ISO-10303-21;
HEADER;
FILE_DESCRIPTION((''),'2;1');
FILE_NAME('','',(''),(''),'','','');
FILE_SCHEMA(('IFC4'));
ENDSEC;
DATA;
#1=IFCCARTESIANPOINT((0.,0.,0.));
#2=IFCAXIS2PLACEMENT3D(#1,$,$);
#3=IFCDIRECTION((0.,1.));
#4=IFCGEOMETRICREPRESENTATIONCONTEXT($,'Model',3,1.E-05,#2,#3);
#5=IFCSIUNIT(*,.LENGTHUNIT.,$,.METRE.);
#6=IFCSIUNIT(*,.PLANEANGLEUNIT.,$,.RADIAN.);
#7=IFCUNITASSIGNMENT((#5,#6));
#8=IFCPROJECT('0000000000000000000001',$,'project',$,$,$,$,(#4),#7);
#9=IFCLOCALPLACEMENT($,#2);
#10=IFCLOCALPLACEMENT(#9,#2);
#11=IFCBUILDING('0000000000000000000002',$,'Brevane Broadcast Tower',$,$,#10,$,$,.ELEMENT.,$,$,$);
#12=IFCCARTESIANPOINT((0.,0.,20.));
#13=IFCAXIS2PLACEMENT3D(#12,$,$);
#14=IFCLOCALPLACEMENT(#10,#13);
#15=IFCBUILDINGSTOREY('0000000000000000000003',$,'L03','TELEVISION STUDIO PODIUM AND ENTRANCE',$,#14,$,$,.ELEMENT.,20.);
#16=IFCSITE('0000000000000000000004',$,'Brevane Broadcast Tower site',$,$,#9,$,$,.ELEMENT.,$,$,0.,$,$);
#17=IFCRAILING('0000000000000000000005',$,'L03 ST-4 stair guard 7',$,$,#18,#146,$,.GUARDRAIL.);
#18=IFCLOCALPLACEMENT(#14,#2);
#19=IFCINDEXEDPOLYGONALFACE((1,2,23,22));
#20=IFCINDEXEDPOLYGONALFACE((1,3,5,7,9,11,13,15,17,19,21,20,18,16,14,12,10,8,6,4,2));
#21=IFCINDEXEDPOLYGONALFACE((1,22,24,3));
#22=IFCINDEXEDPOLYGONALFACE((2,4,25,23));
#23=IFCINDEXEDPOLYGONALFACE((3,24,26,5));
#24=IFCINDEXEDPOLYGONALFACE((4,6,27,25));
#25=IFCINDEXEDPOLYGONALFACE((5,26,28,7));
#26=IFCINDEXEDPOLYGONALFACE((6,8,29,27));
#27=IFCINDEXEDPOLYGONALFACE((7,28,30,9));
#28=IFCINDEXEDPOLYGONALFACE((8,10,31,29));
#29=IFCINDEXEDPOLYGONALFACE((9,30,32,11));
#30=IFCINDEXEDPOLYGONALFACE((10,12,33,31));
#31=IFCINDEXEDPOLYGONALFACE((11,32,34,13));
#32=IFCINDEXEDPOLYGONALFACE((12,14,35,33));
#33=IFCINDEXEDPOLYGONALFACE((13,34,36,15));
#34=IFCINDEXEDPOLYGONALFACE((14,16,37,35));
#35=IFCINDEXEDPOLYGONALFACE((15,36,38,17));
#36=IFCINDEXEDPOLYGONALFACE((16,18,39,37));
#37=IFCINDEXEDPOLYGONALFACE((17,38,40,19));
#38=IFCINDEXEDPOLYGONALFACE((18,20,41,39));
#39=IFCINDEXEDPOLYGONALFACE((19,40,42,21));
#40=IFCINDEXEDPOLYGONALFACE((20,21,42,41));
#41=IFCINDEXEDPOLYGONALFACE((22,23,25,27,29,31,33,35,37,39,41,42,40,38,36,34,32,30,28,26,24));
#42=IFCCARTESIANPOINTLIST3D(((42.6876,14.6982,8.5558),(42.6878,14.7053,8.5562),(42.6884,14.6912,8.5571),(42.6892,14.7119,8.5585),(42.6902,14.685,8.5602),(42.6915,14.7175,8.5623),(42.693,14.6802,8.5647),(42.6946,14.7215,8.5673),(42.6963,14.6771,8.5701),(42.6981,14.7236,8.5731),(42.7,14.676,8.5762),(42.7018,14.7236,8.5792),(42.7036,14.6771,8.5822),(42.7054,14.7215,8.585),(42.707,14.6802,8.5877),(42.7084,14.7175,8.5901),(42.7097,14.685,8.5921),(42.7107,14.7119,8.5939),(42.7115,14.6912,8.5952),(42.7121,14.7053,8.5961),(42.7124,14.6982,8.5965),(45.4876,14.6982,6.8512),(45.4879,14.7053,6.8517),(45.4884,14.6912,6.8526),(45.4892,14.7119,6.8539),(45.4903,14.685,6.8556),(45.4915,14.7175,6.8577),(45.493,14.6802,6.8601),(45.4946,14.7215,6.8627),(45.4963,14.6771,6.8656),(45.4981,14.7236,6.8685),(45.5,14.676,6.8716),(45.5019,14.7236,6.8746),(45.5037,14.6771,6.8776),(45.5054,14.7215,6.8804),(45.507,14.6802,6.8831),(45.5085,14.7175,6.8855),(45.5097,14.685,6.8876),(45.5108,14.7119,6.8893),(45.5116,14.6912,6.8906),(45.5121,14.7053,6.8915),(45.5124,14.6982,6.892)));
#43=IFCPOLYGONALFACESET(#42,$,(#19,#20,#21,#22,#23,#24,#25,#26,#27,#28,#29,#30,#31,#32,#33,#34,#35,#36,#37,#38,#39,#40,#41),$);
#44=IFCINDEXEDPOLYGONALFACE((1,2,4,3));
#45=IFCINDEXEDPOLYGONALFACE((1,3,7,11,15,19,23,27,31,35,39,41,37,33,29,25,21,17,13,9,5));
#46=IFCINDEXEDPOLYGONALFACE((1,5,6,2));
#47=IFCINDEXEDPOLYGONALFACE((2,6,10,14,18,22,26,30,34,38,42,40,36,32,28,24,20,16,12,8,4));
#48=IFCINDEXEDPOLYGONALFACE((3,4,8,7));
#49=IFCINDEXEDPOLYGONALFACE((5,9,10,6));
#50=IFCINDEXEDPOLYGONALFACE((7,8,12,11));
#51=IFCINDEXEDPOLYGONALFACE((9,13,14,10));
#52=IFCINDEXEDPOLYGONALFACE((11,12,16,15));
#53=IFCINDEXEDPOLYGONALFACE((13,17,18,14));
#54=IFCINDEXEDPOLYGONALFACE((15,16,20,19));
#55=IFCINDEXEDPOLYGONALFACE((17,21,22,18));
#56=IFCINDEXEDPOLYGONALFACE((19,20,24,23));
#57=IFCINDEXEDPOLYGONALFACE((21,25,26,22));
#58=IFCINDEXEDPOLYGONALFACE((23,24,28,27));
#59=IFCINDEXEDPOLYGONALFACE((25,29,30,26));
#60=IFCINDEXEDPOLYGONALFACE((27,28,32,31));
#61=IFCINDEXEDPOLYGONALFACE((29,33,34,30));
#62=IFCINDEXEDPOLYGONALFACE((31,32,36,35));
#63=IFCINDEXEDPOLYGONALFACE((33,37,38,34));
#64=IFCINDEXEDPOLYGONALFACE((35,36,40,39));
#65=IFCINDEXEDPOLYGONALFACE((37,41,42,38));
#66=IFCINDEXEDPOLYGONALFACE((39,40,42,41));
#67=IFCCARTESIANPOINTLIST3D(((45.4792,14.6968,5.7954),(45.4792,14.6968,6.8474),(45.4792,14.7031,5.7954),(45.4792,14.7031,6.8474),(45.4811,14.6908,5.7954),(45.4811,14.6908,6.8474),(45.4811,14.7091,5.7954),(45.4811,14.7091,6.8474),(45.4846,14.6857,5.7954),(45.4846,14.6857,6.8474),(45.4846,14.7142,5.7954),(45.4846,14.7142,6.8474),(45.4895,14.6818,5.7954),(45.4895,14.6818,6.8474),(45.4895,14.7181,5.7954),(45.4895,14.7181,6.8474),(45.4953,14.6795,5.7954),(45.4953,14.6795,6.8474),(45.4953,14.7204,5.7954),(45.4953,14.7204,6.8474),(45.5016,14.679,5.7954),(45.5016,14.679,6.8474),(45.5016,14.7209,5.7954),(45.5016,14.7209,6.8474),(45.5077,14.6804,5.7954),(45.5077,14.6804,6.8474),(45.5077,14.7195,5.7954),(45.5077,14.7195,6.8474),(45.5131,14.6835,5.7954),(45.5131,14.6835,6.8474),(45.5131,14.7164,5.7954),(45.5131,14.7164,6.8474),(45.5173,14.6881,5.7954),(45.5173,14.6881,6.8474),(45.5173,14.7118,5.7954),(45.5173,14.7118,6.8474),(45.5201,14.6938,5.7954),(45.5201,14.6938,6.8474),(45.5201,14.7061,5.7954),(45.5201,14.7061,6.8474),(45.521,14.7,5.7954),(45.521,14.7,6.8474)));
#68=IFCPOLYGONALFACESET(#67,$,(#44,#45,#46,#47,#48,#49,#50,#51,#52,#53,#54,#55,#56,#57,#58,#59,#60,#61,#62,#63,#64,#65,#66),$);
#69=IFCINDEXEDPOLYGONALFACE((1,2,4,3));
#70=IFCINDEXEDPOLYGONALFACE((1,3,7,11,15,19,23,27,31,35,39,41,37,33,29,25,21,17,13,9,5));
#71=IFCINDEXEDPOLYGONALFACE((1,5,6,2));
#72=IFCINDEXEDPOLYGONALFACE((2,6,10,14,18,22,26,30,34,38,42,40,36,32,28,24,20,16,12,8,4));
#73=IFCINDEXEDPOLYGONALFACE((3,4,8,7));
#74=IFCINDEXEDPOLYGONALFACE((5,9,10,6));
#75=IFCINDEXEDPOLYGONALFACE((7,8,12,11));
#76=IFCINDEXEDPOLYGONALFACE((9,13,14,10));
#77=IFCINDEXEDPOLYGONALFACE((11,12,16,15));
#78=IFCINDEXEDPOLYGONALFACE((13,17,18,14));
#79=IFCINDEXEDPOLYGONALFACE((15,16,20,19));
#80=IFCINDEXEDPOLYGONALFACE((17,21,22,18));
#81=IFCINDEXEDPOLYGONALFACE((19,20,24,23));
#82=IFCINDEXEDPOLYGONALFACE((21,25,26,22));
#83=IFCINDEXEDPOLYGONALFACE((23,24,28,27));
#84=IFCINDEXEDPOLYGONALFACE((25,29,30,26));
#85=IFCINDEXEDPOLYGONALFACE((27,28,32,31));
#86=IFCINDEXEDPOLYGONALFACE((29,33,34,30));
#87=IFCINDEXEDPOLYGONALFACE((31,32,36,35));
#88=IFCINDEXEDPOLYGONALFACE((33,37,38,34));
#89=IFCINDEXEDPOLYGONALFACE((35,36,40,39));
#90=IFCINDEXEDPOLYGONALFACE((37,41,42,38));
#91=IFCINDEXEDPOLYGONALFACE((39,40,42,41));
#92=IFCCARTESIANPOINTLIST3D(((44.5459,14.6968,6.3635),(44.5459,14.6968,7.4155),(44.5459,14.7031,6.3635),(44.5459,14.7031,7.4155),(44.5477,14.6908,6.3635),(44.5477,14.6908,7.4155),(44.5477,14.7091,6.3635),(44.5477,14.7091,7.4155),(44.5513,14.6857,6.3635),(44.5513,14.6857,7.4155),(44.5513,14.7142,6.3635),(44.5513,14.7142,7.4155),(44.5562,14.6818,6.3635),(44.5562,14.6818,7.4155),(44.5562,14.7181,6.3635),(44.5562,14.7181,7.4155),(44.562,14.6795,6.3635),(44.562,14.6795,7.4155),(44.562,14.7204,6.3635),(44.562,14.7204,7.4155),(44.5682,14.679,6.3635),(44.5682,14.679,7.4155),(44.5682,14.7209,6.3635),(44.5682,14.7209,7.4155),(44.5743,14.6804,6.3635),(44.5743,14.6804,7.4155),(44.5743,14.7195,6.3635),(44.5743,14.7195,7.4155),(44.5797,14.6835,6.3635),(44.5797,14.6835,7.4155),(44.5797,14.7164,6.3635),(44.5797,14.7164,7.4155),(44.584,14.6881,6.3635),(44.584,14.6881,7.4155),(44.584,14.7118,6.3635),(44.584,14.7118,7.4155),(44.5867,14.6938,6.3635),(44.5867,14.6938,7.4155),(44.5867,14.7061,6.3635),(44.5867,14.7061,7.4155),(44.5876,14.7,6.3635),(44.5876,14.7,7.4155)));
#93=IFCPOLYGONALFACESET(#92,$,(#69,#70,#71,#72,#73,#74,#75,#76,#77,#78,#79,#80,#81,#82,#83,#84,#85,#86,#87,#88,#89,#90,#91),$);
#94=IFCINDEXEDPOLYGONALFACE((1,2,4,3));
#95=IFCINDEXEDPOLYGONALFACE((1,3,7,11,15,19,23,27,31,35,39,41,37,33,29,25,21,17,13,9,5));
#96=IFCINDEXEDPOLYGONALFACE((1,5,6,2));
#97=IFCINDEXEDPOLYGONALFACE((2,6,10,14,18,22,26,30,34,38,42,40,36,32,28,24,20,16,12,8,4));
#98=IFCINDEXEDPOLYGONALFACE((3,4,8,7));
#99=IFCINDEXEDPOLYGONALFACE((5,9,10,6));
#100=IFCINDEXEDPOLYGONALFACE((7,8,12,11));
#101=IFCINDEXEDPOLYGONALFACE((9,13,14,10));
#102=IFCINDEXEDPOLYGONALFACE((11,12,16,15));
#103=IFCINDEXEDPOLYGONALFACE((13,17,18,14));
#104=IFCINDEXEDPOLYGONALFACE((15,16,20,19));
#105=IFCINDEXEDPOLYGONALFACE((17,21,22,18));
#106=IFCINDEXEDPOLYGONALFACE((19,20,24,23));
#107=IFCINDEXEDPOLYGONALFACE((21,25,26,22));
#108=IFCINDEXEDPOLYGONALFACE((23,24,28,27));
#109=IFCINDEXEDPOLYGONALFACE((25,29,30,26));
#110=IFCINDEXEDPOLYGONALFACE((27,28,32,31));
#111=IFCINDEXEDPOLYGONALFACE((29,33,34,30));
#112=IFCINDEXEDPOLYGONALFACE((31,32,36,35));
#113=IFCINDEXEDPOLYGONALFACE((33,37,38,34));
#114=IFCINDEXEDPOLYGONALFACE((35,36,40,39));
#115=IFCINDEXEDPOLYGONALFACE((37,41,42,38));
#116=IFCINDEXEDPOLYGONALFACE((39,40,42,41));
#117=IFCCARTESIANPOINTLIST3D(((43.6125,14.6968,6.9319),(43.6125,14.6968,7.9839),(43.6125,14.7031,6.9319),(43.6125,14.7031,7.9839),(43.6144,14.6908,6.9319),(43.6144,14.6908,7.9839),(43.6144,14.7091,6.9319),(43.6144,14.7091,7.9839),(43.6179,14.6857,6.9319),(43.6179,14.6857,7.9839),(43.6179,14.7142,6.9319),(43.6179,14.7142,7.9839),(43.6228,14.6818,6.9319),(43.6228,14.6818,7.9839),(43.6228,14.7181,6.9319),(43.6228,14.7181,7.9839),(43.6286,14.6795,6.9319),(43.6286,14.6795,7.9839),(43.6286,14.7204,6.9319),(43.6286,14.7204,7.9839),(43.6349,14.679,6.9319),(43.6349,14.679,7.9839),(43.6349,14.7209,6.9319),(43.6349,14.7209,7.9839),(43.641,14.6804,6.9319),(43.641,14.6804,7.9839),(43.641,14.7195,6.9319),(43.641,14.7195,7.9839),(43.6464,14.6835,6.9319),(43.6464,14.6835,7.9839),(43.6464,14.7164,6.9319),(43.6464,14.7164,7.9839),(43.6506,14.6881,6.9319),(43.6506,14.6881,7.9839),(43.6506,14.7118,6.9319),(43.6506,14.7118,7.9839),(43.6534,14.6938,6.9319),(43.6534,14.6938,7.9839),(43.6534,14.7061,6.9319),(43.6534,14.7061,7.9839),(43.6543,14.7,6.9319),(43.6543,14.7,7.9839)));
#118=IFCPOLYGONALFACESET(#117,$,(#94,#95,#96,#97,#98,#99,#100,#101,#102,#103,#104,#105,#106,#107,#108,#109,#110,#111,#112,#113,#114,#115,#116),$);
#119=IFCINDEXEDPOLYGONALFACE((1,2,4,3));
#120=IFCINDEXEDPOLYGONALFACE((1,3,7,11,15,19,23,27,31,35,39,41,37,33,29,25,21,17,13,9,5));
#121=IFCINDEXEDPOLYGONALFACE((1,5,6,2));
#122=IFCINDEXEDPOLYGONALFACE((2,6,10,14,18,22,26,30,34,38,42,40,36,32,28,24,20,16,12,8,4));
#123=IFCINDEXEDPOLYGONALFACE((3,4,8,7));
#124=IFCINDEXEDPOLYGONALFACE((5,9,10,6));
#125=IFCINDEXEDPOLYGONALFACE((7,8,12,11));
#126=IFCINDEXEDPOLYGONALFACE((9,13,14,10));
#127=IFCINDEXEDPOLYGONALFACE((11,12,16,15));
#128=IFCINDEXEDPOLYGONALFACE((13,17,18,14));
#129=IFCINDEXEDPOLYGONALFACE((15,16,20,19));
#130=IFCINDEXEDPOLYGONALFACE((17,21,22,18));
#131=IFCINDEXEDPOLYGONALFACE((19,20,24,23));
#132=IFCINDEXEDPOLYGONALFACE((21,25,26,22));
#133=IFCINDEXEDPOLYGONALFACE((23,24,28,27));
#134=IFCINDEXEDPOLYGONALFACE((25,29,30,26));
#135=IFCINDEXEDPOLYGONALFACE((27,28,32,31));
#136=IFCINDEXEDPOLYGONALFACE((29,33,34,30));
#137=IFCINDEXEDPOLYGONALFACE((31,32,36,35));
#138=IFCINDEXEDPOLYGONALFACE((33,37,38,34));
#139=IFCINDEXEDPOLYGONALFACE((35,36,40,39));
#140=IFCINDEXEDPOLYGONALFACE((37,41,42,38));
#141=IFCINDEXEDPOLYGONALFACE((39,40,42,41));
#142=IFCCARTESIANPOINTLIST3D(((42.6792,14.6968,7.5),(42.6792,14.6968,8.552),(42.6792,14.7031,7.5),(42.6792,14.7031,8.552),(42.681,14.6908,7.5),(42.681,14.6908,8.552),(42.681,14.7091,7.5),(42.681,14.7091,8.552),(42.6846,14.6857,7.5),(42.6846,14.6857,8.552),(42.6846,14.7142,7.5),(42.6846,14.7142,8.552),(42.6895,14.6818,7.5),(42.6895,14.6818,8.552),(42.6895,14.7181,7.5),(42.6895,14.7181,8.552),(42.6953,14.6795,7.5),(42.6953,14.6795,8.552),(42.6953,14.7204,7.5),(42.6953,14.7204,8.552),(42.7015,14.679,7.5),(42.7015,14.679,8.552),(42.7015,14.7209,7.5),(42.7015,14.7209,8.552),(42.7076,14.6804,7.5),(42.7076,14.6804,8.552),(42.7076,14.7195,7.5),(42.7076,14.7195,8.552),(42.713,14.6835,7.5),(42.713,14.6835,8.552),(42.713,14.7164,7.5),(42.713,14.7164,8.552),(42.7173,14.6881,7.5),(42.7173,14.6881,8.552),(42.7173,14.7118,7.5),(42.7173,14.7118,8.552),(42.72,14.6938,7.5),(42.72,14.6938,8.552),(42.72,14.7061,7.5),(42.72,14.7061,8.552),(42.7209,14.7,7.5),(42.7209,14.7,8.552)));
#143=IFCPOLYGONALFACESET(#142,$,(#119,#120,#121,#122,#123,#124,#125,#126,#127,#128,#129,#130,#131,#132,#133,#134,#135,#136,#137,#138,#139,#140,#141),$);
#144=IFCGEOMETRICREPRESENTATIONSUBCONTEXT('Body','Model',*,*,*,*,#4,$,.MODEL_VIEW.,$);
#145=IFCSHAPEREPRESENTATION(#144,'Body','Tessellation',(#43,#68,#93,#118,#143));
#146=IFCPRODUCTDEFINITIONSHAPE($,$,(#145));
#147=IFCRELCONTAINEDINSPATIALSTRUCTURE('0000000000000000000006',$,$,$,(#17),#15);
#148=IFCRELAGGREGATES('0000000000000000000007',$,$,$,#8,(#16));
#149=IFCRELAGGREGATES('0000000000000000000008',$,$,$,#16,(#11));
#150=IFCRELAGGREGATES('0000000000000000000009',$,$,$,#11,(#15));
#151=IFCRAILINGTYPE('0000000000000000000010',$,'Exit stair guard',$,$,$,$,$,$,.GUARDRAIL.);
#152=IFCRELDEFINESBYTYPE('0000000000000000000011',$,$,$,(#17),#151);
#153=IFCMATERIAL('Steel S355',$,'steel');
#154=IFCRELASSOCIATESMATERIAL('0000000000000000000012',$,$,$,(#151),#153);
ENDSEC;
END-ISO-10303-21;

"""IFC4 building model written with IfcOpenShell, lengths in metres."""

from ifc_helpers import new_model, si_unit, direction, frame, origin, origin_2d, place, context, subcontext, project, spatial, circle, extrude, material, type_object, element, save


model = new_model("IFC4")

# Units and contexts
model_context = context("Model", 3, precision=1e-05, world=origin(), true_north=direction((0.0, 1.0)))
body_context = subcontext(model_context, "Body", "Model", "MODEL_VIEW")
ifc_project = project(units=[si_unit("LENGTHUNIT", "METRE"), si_unit("PLANEANGLEUNIT", "RADIAN")], contexts=[model_context])

# Site, building, storey
site_placement = place(None, origin())
site = spatial("IfcSite", under=ifc_project, at=site_placement, Name="Brevane Broadcast Tower site", CompositionType="ELEMENT", RefElevation=0.0)
building_placement = place(site_placement, origin())
building = spatial("IfcBuilding", under=site, at=building_placement, Name="Brevane Broadcast Tower", CompositionType="ELEMENT")
storey_placement = place(building_placement, frame((0.0, 0.0, 20.0)))
storey = spatial("IfcBuildingStorey", under=building, at=storey_placement, Name="L03", Description="TELEVISION STUDIO PODIUM AND ENTRANCE", CompositionType="ELEMENT", Elevation=20.0)

# Railing
ifc_material_1 = material(Name="Steel S355", Category="steel")
railing_type_1 = type_object("IfcRailingType", Name="Exit stair guard", PredefinedType="GUARDRAIL", material=ifc_material_1)
railing_1_placement = place(storey_placement, frame((45.5, 14.7, 5.7954)))
element("IfcRailing", 1, at=railing_1_placement, inside=storey, type_object=railing_type_1, Name="L03 ST-4 stair guard 7", PredefinedType="GUARDRAIL", context=body_context, shape_type="SweptSolid", body=[
    extrude(circle(Radius=0.0239, at=origin_2d()), frame((0.0, 0.0, 1.0762), z_axis=(-0.85417, 0.0, 0.519994), x_axis=(0.0, -1.0, 0.0)), (0.0, 0.0, 1.0), 3.2781),
    extrude(circle(Radius=0.021, at=origin_2d()), origin(), (0.0, 0.0, 1.0), 1.052),
    extrude(circle(Radius=0.021, at=origin_2d()), frame((-0.9333, 0.0, 0.5681)), (0.0, 0.0, 1.0), 1.052),
    extrude(circle(Radius=0.021, at=origin_2d()), frame((-1.8667, 0.0, 1.1365)), (0.0, 0.0, 1.0), 1.052),
    extrude(circle(Radius=0.021, at=origin_2d()), frame((-2.8, 0.0, 1.7046)), (0.0, 0.0, 1.0), 1.052),
])

save(model, "model.ifc")
